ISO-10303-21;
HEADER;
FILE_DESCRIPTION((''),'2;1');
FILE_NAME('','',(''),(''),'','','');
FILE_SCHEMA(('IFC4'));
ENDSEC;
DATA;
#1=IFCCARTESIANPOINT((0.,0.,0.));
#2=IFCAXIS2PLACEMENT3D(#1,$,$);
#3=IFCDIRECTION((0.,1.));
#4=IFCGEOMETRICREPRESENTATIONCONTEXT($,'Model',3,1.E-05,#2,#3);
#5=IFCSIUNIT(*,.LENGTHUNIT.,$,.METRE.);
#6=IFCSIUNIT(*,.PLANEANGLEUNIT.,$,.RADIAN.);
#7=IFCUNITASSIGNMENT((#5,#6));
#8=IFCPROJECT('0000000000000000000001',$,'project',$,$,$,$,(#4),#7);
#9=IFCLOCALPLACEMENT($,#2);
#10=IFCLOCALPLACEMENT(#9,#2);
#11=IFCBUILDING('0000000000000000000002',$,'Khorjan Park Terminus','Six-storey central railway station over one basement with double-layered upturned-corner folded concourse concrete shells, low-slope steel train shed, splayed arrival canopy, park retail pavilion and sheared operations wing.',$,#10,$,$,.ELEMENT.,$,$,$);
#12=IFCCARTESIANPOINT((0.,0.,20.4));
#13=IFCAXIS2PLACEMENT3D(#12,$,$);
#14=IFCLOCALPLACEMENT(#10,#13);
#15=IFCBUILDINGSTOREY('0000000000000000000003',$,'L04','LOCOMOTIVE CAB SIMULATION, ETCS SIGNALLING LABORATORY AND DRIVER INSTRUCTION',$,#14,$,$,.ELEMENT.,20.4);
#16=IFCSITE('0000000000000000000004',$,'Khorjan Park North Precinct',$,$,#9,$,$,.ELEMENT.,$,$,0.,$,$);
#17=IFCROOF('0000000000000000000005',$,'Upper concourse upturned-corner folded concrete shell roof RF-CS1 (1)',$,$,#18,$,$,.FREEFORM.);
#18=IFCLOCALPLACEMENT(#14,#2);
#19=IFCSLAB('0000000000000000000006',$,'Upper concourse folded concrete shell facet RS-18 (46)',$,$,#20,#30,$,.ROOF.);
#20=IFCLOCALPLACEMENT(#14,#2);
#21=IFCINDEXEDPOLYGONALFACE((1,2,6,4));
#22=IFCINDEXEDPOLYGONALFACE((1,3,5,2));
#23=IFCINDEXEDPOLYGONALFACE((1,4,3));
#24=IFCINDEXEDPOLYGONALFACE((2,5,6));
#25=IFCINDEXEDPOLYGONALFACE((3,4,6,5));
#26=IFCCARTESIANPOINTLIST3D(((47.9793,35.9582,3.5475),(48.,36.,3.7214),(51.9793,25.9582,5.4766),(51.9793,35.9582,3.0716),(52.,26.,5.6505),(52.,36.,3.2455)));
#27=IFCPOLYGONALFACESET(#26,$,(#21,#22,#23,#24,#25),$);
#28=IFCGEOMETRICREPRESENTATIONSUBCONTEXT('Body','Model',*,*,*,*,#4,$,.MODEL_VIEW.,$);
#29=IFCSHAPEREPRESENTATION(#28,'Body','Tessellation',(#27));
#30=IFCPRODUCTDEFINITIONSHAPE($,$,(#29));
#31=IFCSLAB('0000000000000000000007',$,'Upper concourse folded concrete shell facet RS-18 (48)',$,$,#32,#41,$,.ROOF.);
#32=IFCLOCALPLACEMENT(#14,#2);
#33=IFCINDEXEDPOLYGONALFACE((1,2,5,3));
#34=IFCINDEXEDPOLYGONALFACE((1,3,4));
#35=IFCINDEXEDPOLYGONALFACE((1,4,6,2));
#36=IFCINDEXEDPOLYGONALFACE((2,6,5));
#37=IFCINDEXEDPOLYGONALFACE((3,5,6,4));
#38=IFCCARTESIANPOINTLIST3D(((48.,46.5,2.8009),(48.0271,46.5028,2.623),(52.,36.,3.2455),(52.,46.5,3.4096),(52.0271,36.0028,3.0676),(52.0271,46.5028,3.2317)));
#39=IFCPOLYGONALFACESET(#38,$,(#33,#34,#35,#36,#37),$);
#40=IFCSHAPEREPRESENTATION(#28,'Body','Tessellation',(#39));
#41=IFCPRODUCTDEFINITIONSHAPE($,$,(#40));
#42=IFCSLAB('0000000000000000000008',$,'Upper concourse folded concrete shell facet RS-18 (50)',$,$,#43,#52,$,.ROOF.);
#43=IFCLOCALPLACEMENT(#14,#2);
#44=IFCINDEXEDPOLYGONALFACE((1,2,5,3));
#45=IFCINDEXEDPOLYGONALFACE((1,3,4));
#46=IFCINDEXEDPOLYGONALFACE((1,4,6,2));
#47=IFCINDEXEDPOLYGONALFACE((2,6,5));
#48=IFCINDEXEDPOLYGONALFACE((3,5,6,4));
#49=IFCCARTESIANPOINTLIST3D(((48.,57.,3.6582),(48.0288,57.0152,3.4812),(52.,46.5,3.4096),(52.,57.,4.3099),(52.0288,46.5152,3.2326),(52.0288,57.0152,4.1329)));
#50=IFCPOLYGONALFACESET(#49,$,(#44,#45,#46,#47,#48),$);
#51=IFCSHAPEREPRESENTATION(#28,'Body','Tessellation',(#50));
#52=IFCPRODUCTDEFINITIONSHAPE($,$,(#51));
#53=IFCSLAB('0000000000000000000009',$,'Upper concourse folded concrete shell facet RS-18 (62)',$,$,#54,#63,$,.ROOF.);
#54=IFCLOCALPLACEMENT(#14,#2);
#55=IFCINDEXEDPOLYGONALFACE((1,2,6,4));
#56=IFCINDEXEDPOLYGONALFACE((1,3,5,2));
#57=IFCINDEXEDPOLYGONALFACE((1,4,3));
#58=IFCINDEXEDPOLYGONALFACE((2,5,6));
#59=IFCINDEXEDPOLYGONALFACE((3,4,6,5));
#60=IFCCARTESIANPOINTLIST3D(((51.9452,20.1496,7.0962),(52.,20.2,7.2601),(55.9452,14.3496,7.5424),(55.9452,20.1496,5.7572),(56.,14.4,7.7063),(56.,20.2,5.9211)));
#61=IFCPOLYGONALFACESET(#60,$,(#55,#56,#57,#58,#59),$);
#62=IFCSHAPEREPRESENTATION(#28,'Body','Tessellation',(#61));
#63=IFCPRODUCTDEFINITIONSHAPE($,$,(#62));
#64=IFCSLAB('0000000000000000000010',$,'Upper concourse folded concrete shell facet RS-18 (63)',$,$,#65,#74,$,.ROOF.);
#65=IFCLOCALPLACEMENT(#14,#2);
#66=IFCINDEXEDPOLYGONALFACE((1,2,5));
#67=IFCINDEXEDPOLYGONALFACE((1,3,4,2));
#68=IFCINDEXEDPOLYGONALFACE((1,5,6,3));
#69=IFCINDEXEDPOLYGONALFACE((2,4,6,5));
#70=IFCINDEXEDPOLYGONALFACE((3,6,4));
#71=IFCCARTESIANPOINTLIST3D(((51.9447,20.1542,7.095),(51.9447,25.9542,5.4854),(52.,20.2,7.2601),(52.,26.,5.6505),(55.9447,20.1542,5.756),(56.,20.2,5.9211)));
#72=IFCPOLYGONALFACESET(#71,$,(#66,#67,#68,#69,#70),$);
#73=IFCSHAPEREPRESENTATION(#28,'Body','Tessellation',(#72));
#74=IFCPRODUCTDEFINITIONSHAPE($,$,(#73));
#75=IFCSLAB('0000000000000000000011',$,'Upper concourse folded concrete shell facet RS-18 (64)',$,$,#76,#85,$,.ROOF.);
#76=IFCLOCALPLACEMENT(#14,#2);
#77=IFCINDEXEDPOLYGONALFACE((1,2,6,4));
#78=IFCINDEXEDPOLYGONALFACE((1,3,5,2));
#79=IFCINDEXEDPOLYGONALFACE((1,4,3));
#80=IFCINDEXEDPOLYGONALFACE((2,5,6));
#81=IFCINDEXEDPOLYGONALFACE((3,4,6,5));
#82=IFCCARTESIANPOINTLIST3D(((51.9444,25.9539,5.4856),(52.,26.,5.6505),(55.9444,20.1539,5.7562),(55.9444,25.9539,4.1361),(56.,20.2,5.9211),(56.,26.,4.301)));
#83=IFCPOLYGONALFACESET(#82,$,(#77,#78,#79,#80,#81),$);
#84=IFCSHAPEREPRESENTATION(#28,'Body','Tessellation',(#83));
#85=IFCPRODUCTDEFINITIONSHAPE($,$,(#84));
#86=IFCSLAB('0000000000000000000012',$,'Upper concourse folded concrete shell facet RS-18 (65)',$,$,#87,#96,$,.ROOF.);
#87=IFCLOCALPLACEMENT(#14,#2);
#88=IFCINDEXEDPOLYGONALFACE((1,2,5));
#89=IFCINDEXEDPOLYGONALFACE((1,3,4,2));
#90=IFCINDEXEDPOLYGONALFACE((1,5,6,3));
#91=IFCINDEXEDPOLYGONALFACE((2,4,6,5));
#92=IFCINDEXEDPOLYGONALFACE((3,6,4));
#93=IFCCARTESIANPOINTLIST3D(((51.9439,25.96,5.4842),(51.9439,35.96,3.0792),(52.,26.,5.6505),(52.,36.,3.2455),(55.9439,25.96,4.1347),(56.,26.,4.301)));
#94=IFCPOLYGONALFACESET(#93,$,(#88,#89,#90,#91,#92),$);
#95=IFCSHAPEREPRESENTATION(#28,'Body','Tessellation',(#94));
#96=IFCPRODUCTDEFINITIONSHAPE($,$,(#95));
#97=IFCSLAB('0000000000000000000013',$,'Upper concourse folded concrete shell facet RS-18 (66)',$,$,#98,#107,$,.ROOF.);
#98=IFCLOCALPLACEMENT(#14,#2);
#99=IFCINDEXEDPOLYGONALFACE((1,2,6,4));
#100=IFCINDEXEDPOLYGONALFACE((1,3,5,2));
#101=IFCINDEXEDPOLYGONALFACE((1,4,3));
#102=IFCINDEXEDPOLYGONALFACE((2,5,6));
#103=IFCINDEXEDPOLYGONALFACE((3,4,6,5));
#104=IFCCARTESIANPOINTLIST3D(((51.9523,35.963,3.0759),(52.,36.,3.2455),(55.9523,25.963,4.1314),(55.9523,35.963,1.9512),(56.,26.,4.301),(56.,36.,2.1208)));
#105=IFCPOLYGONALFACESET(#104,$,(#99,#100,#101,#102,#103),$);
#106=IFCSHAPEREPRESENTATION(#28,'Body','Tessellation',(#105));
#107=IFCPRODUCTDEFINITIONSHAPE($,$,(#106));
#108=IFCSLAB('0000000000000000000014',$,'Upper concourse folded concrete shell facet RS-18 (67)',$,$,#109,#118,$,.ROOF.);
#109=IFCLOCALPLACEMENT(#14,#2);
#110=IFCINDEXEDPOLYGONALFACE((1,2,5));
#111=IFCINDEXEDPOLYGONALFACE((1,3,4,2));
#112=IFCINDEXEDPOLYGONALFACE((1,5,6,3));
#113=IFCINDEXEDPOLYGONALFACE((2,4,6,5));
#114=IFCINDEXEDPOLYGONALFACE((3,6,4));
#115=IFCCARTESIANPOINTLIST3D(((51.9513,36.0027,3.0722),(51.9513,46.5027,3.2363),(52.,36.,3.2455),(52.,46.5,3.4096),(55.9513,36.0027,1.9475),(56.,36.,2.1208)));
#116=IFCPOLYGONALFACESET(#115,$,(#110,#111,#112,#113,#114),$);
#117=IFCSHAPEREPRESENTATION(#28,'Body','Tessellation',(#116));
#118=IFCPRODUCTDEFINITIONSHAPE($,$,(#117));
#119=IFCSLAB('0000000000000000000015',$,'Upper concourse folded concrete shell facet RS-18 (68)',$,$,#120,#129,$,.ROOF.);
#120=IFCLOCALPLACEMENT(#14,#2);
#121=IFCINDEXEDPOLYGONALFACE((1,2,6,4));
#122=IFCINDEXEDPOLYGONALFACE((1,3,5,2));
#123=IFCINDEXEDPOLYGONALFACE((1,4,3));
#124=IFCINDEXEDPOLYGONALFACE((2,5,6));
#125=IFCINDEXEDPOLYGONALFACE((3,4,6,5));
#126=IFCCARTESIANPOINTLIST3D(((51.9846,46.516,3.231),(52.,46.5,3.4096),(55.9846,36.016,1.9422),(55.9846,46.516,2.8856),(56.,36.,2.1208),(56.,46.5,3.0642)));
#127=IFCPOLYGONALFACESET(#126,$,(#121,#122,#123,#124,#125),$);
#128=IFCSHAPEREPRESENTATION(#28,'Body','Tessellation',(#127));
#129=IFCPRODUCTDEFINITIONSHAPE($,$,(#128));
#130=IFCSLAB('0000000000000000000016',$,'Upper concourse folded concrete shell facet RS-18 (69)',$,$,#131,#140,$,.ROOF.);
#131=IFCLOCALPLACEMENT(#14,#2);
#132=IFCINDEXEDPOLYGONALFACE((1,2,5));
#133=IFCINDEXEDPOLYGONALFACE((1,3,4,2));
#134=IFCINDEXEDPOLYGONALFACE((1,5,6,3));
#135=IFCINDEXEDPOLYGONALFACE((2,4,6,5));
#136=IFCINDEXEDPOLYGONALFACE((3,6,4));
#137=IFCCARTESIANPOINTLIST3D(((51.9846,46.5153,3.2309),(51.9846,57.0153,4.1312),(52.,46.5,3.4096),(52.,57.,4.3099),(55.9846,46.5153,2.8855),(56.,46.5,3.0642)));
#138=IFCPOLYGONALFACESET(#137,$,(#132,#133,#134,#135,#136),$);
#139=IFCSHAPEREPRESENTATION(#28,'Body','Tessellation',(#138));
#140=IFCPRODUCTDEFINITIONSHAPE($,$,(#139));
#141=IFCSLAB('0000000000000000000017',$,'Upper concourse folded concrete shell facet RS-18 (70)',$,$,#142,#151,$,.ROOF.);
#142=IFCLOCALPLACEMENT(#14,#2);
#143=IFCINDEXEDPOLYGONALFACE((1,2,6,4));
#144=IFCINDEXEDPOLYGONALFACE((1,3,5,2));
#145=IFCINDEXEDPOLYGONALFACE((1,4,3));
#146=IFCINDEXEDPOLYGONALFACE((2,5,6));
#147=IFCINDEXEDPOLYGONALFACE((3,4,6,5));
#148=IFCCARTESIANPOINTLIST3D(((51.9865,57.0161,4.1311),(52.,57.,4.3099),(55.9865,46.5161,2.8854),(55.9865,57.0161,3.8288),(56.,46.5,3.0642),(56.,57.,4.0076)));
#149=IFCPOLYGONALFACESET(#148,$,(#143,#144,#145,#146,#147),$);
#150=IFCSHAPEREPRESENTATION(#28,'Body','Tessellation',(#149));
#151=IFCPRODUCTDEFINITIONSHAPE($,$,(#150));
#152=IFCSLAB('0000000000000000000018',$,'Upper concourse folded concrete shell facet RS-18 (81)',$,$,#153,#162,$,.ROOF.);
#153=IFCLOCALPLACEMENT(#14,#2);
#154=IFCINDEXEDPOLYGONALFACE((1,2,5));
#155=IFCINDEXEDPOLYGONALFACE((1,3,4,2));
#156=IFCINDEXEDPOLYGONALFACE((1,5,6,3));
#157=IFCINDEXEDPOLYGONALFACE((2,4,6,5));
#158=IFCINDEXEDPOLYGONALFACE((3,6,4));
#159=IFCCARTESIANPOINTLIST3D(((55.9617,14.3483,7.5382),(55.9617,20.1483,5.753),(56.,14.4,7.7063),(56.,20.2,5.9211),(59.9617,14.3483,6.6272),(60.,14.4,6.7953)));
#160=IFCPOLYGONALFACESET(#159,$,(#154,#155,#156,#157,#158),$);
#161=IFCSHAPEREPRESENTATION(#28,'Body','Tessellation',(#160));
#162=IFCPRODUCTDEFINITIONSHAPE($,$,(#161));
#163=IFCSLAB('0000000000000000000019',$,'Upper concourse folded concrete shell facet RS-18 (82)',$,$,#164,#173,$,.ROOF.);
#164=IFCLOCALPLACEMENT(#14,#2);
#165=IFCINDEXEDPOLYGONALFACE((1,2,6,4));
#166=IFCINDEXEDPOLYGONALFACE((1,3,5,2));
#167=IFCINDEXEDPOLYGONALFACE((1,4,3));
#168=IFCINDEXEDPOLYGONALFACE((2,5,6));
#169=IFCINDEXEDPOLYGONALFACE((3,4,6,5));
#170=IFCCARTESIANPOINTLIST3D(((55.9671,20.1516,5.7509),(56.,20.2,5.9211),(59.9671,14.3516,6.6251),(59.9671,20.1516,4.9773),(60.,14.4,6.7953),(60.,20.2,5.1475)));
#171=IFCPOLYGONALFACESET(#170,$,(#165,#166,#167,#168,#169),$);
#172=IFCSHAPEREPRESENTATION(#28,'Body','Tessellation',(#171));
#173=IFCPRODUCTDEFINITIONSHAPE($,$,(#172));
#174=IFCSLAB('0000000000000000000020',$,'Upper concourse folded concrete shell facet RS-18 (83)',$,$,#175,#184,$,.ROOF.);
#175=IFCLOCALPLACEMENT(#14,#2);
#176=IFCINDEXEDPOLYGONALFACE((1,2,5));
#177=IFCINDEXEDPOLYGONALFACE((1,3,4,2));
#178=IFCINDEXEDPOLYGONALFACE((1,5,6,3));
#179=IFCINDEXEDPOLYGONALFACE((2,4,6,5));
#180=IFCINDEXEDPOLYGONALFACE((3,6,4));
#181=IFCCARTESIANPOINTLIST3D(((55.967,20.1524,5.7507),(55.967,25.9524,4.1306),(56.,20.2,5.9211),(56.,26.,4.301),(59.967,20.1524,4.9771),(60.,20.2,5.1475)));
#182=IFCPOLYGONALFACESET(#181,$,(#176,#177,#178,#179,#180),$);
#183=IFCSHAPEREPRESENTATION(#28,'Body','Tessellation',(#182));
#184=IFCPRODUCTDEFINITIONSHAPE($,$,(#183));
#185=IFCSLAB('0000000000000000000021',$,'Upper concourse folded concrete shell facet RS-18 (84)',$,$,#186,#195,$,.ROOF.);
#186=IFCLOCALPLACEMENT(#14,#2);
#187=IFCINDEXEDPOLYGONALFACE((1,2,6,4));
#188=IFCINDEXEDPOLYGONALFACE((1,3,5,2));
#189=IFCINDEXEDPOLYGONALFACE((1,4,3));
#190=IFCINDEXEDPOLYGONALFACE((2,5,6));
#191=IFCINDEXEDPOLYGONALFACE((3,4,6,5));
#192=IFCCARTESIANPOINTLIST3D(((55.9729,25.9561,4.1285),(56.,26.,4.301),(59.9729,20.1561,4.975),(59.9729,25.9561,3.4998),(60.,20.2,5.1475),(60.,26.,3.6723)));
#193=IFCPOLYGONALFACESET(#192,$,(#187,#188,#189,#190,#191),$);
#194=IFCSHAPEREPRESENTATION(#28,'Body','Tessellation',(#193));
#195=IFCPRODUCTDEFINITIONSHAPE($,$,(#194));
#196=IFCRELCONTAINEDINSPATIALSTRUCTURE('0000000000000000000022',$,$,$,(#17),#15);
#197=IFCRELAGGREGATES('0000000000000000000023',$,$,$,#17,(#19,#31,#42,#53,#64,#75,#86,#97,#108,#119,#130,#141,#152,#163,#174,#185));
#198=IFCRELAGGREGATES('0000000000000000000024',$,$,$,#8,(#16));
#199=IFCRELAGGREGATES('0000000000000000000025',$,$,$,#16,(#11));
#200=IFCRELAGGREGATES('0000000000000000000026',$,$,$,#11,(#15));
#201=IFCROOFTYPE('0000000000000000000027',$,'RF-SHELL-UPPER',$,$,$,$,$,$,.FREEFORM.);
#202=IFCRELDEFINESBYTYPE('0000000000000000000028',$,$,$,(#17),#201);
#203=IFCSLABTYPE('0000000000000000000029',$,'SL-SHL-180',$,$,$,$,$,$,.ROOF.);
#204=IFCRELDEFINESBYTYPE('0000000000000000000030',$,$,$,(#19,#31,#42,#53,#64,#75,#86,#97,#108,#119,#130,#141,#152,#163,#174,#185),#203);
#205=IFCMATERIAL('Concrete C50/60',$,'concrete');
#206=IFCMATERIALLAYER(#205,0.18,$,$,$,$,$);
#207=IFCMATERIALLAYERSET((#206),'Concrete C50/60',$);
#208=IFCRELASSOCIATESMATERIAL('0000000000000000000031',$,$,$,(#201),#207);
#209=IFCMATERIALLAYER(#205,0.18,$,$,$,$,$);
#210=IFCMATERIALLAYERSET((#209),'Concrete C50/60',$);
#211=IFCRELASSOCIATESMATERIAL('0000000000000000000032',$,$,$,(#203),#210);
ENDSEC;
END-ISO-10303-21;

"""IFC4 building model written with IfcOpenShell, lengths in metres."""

from ifc_helpers import new_model, si_unit, direction, frame, origin, place, context, subcontext, project, spatial, polyline, outline, extrude, material, layer, layer_set, type_object, element, aggregate, save


model = new_model("IFC4")

# Units and contexts
model_context = context("Model", 3, precision=1e-05, world=origin(), true_north=direction((0.0, 1.0)))
body_context = subcontext(model_context, "Body", "Model", "MODEL_VIEW")
ifc_project = project(units=[si_unit("LENGTHUNIT", "METRE"), si_unit("PLANEANGLEUNIT", "RADIAN")], contexts=[model_context])

# Site, building, storey
site_placement = place(None, origin())
site = spatial("IfcSite", under=ifc_project, at=site_placement, Name="Khorjan Park North Precinct", CompositionType="ELEMENT", RefElevation=0.0)
building_placement = place(site_placement, origin())
building = spatial("IfcBuilding", under=site, at=building_placement, Name="Khorjan Park Terminus", Description="Six-storey central railway station over one basement with double-layered upturned-corner folded concourse concrete shells, low-slope steel train shed, splayed arrival canopy, park retail pavilion and sheared operations wing.", CompositionType="ELEMENT")
storey_placement = place(building_placement, frame((0.0, 0.0, 20.4)))
storey = spatial("IfcBuildingStorey", under=building, at=storey_placement, Name="L04", Description="LOCOMOTIVE CAB SIMULATION, ETCS SIGNALLING LABORATORY AND DRIVER INSTRUCTION", CompositionType="ELEMENT", Elevation=20.4)

# Roof, slabs
ifc_material = material(Name="Concrete C50/60", Category="concrete")
ifc_layer_1 = layer(ifc_material, 0.18)
ifc_layer_set_1 = layer_set([ifc_layer_1], Name="Concrete C50/60")
roof_type = type_object("IfcRoofType", Name="RF-SHELL-UPPER", PredefinedType="FREEFORM", material=ifc_layer_set_1)
roof_1_placement = place(storey_placement, origin())
roof_1 = element("IfcRoof", 1, at=roof_1_placement, inside=storey, type_object=roof_type, Name="Upper concourse upturned-corner folded concrete shell roof RF-CS1 (1)", PredefinedType="FREEFORM")
ifc_layer_2 = layer(ifc_material, 0.18)
ifc_layer_set_2 = layer_set([ifc_layer_2], Name="Concrete C50/60")
slab_type = type_object("IfcSlabType", Name="SL-SHL-180", PredefinedType="ROOF", material=ifc_layer_set_2)
slab_1_placement = place(storey_placement, frame((52.0, 26.0, 5.6505), z_axis=(0.11491, 0.232284, 0.965836), x_axis=(0.0, 0.972277, -0.233833)))
slab_1 = element("IfcSlab", 2, at=slab_1_placement, type_object=slab_type, Name="Upper concourse folded concrete shell facet RS-18 (46)", PredefinedType="ROOF", context=body_context, shape_type="SweptSolid", body=[
    extrude(outline(polyline([(0.0, 0.0), (10.2851, 0.0), (10.1739, 4.0267), (0.0, 0.0)])), origin(), (0.0, 0.0, -1.0), 0.18),
])
slab_2_placement = place(storey_placement, frame((52.0, 36.0, 3.2455), z_axis=(-0.150425, -0.015449, 0.988501), x_axis=(0.0, 0.999878, 0.015627)))
slab_2 = element("IfcSlab", 3, at=slab_2_placement, type_object=slab_type, Name="Upper concourse folded concrete shell facet RS-18 (48)", PredefinedType="ROOF", context=body_context, shape_type="SweptSolid", body=[
    extrude(outline(polyline([(0.0, 0.0), (10.5013, 0.0), (10.4918, 4.046), (0.0, 0.0)])), origin(), (0.0, 0.0, -1.0), 0.18),
])
slab_3_placement = place(storey_placement, frame((52.0, 46.5, 3.4096), z_axis=(-0.160232, -0.084326, 0.983471), x_axis=(0.0, 0.996344, 0.085429)))
slab_3 = element("IfcSlab", 4, at=slab_3_placement, type_object=slab_type, Name="Upper concourse folded concrete shell facet RS-18 (50)", PredefinedType="ROOF", context=body_context, shape_type="SweptSolid", body=[
    extrude(outline(polyline([(0.0, 0.0), (10.5385, 0.0), (10.4829, 4.0524), (0.0, 0.0)])), origin(), (0.0, 0.0, -1.0), 0.18),
])
slab_4_placement = place(storey_placement, frame((56.0, 14.4, 7.7063), z_axis=(0.304722, 0.280183, 0.910298), x_axis=(0.0, 0.955752, -0.294174)))
slab_4 = element("IfcSlab", 5, at=slab_4_placement, type_object=slab_type, Name="Upper concourse folded concrete shell facet RS-18 (62)", PredefinedType="ROOF", context=body_context, shape_type="SweptSolid", body=[
    extrude(outline(polyline([(0.0, 0.0), (6.0685, 0.0), (5.6746, 4.1997), (0.0, 0.0)])), origin(), (0.0, 0.0, -1.0), 0.18),
])
slab_5_placement = place(storey_placement, frame((52.0, 20.2, 7.2601), z_axis=(0.306984, 0.254499, 0.917056), x_axis=(0.94828, 0.0, -0.317437)))
slab_5 = element("IfcSlab", 6, at=slab_5_placement, type_object=slab_type, Name="Upper concourse folded concrete shell facet RS-18 (63)", PredefinedType="ROOF", context=body_context, shape_type="SweptSolid", body=[
    extrude(outline(polyline([(0.0, 0.0), (4.2182, 0.0), (0.5109, 5.9975), (0.0, 0.0)])), origin(), (0.0, 0.0, -1.0), 0.18),
])
slab_6_placement = place(storey_placement, frame((56.0, 20.2, 5.9211), z_axis=(0.309032, 0.255861, 0.915988), x_axis=(0.0, 0.963132, -0.269029)))
slab_6 = element("IfcSlab", 7, at=slab_6_placement, type_object=slab_type, Name="Upper concourse folded concrete shell facet RS-18 (64)", PredefinedType="ROOF", context=body_context, shape_type="SweptSolid", body=[
    extrude(outline(polyline([(0.0, 0.0), (6.022, 0.0), (5.659, 4.2059), (0.0, 0.0)])), origin(), (0.0, 0.0, -1.0), 0.18),
])
slab_7_placement = place(storey_placement, frame((52.0, 26.0, 5.6505), z_axis=(0.311682, 0.222185, 0.923844), x_axis=(0.947528, 0.0, -0.319672)))
slab_7 = element("IfcSlab", 8, at=slab_7_placement, type_object=slab_type, Name="Upper concourse folded concrete shell facet RS-18 (65)", PredefinedType="ROOF", context=body_context, shape_type="SweptSolid", body=[
    extrude(outline(polyline([(0.0, 0.0), (4.2215, 0.0), (0.7688, 10.2564), (0.0, 0.0)])), origin(), (0.0, 0.0, -1.0), 0.18),
])
slab_8_placement = place(storey_placement, frame((56.0, 26.0, 4.301), z_axis=(0.264907, 0.205406, 0.942143), x_axis=(0.0, 0.977049, -0.213016)))
slab_8 = element("IfcSlab", 9, at=slab_8_placement, type_object=slab_type, Name="Upper concourse folded concrete shell facet RS-18 (66)", PredefinedType="ROOF", context=body_context, shape_type="SweptSolid", body=[
    extrude(outline(polyline([(0.0, 0.0), (10.2349, 0.0), (9.9953, 4.1482), (0.0, 0.0)])), origin(), (0.0, 0.0, -1.0), 0.18),
])
slab_9_placement = place(storey_placement, frame((52.0, 36.0, 3.2455), z_axis=(0.270648, -0.015043, 0.962561), x_axis=(0.96267, 0.0, -0.270679)))
slab_9 = element("IfcSlab", 10, at=slab_9_placement, type_object=slab_type, Name="Upper concourse folded concrete shell facet RS-18 (67)", PredefinedType="ROOF", context=body_context, shape_type="SweptSolid", body=[
    extrude(outline(polyline([(0.0, 0.0), (4.1551, 0.0), (-0.0444, 10.5012), (0.0, 0.0)])), origin(), (0.0, 0.0, -1.0), 0.18),
])
slab_10_placement = place(storey_placement, frame((56.0, 36.0, 2.1208), z_axis=(0.085687, -0.089158, 0.992325), x_axis=(0.0, 0.995988, 0.089487)))
slab_10 = element("IfcSlab", 11, at=slab_10_placement, type_object=slab_type, Name="Upper concourse folded concrete shell facet RS-18 (68)", PredefinedType="ROOF", context=body_context, shape_type="SweptSolid", body=[
    extrude(outline(polyline([(0.0, 0.0), (10.5423, 0.0), (10.5732, 4.0148), (0.0, 0.0)])), origin(), (0.0, 0.0, -1.0), 0.18),
])
slab_11_placement = place(storey_placement, frame((52.0, 46.5, 3.4096), z_axis=(0.085718, -0.085115, 0.992677), x_axis=(0.996293, 0.0, -0.08603)))
slab_11 = element("IfcSlab", 12, at=slab_11_placement, type_object=slab_type, Name="Upper concourse folded concrete shell facet RS-18 (69)", PredefinedType="ROOF", context=body_context, shape_type="SweptSolid", body=[
    extrude(outline(polyline([(0.0, 0.0), (4.0149, 0.0), (-0.0775, 10.5382), (0.0, 0.0)])), origin(), (0.0, 0.0, -1.0), 0.18),
])
slab_12_placement = place(storey_placement, frame((56.0, 46.5, 3.0642), z_axis=(0.075059, -0.089235, 0.993178), x_axis=(0.0, 0.995988, 0.089487)))
slab_12 = element("IfcSlab", 13, at=slab_12_placement, type_object=slab_type, Name="Upper concourse folded concrete shell facet RS-18 (70)", PredefinedType="ROOF", context=body_context, shape_type="SweptSolid", body=[
    extrude(outline(polyline([(0.0, 0.0), (10.5423, 0.0), (10.5693, 4.0113), (0.0, 0.0)])), origin(), (0.0, 0.0, -1.0), 0.18),
])
slab_13_placement = place(storey_placement, frame((56.0, 14.4, 7.7063), z_axis=(0.212692, 0.287443, 0.933884), x_axis=(0.975032, 0.0, -0.222064)))
slab_13 = element("IfcSlab", 14, at=slab_13_placement, type_object=slab_type, Name="Upper concourse folded concrete shell facet RS-18 (81)", PredefinedType="ROOF", context=body_context, shape_type="SweptSolid", body=[
    extrude(outline(polyline([(0.0, 0.0), (4.1024, 0.0), (0.3964, 6.0556), (0.0, 0.0)])), origin(), (0.0, 0.0, -1.0), 0.18),
])
slab_14_placement = place(storey_placement, frame((60.0, 14.4, 6.7953), z_axis=(0.1829, 0.268678, 0.945706), x_axis=(0.0, 0.961932, -0.273288)))
slab_14 = element("IfcSlab", 15, at=slab_14_placement, type_object=slab_type, Name="Upper concourse folded concrete shell facet RS-18 (82)", PredefinedType="ROOF", context=body_context, shape_type="SweptSolid", body=[
    extrude(outline(polyline([(0.0, 0.0), (6.0295, 0.0), (5.8181, 4.0686), (0.0, 0.0)])), origin(), (0.0, 0.0, -1.0), 0.18),
])
slab_15_placement = place(storey_placement, frame((56.0, 20.2, 5.9211), z_axis=(0.18312, 0.26448, 0.946846), x_axis=(0.981807, 0.0, -0.189881)))
slab_15 = element("IfcSlab", 16, at=slab_15_placement, type_object=slab_type, Name="Upper concourse folded concrete shell facet RS-18 (83)", PredefinedType="ROOF", context=body_context, shape_type="SweptSolid", body=[
    extrude(outline(polyline([(0.0, 0.0), (4.0741, 0.0), (0.3076, 6.0142), (0.0, 0.0)])), origin(), (0.0, 0.0, -1.0), 0.18),
])
slab_16_placement = place(storey_placement, frame((60.0, 20.2, 5.1475), z_axis=(0.150588, 0.243686, 0.958092), x_axis=(0.0, 0.969144, -0.246497)))
slab_16 = element("IfcSlab", 17, at=slab_16_placement, type_object=slab_type, Name="Upper concourse folded concrete shell facet RS-18 (84)", PredefinedType="ROOF", context=body_context, shape_type="SweptSolid", body=[
    extrude(outline(polyline([(0.0, 0.0), (5.9847, 0.0), (5.8297, 4.0461), (0.0, 0.0)])), origin(), (0.0, 0.0, -1.0), 0.18),
])
aggregate(roof_1, [slab_1, slab_2, slab_3, slab_4, slab_5, slab_6, slab_7, slab_8, slab_9, slab_10, slab_11, slab_12, slab_13, slab_14, slab_15, slab_16])

save(model, "model.ifc")
